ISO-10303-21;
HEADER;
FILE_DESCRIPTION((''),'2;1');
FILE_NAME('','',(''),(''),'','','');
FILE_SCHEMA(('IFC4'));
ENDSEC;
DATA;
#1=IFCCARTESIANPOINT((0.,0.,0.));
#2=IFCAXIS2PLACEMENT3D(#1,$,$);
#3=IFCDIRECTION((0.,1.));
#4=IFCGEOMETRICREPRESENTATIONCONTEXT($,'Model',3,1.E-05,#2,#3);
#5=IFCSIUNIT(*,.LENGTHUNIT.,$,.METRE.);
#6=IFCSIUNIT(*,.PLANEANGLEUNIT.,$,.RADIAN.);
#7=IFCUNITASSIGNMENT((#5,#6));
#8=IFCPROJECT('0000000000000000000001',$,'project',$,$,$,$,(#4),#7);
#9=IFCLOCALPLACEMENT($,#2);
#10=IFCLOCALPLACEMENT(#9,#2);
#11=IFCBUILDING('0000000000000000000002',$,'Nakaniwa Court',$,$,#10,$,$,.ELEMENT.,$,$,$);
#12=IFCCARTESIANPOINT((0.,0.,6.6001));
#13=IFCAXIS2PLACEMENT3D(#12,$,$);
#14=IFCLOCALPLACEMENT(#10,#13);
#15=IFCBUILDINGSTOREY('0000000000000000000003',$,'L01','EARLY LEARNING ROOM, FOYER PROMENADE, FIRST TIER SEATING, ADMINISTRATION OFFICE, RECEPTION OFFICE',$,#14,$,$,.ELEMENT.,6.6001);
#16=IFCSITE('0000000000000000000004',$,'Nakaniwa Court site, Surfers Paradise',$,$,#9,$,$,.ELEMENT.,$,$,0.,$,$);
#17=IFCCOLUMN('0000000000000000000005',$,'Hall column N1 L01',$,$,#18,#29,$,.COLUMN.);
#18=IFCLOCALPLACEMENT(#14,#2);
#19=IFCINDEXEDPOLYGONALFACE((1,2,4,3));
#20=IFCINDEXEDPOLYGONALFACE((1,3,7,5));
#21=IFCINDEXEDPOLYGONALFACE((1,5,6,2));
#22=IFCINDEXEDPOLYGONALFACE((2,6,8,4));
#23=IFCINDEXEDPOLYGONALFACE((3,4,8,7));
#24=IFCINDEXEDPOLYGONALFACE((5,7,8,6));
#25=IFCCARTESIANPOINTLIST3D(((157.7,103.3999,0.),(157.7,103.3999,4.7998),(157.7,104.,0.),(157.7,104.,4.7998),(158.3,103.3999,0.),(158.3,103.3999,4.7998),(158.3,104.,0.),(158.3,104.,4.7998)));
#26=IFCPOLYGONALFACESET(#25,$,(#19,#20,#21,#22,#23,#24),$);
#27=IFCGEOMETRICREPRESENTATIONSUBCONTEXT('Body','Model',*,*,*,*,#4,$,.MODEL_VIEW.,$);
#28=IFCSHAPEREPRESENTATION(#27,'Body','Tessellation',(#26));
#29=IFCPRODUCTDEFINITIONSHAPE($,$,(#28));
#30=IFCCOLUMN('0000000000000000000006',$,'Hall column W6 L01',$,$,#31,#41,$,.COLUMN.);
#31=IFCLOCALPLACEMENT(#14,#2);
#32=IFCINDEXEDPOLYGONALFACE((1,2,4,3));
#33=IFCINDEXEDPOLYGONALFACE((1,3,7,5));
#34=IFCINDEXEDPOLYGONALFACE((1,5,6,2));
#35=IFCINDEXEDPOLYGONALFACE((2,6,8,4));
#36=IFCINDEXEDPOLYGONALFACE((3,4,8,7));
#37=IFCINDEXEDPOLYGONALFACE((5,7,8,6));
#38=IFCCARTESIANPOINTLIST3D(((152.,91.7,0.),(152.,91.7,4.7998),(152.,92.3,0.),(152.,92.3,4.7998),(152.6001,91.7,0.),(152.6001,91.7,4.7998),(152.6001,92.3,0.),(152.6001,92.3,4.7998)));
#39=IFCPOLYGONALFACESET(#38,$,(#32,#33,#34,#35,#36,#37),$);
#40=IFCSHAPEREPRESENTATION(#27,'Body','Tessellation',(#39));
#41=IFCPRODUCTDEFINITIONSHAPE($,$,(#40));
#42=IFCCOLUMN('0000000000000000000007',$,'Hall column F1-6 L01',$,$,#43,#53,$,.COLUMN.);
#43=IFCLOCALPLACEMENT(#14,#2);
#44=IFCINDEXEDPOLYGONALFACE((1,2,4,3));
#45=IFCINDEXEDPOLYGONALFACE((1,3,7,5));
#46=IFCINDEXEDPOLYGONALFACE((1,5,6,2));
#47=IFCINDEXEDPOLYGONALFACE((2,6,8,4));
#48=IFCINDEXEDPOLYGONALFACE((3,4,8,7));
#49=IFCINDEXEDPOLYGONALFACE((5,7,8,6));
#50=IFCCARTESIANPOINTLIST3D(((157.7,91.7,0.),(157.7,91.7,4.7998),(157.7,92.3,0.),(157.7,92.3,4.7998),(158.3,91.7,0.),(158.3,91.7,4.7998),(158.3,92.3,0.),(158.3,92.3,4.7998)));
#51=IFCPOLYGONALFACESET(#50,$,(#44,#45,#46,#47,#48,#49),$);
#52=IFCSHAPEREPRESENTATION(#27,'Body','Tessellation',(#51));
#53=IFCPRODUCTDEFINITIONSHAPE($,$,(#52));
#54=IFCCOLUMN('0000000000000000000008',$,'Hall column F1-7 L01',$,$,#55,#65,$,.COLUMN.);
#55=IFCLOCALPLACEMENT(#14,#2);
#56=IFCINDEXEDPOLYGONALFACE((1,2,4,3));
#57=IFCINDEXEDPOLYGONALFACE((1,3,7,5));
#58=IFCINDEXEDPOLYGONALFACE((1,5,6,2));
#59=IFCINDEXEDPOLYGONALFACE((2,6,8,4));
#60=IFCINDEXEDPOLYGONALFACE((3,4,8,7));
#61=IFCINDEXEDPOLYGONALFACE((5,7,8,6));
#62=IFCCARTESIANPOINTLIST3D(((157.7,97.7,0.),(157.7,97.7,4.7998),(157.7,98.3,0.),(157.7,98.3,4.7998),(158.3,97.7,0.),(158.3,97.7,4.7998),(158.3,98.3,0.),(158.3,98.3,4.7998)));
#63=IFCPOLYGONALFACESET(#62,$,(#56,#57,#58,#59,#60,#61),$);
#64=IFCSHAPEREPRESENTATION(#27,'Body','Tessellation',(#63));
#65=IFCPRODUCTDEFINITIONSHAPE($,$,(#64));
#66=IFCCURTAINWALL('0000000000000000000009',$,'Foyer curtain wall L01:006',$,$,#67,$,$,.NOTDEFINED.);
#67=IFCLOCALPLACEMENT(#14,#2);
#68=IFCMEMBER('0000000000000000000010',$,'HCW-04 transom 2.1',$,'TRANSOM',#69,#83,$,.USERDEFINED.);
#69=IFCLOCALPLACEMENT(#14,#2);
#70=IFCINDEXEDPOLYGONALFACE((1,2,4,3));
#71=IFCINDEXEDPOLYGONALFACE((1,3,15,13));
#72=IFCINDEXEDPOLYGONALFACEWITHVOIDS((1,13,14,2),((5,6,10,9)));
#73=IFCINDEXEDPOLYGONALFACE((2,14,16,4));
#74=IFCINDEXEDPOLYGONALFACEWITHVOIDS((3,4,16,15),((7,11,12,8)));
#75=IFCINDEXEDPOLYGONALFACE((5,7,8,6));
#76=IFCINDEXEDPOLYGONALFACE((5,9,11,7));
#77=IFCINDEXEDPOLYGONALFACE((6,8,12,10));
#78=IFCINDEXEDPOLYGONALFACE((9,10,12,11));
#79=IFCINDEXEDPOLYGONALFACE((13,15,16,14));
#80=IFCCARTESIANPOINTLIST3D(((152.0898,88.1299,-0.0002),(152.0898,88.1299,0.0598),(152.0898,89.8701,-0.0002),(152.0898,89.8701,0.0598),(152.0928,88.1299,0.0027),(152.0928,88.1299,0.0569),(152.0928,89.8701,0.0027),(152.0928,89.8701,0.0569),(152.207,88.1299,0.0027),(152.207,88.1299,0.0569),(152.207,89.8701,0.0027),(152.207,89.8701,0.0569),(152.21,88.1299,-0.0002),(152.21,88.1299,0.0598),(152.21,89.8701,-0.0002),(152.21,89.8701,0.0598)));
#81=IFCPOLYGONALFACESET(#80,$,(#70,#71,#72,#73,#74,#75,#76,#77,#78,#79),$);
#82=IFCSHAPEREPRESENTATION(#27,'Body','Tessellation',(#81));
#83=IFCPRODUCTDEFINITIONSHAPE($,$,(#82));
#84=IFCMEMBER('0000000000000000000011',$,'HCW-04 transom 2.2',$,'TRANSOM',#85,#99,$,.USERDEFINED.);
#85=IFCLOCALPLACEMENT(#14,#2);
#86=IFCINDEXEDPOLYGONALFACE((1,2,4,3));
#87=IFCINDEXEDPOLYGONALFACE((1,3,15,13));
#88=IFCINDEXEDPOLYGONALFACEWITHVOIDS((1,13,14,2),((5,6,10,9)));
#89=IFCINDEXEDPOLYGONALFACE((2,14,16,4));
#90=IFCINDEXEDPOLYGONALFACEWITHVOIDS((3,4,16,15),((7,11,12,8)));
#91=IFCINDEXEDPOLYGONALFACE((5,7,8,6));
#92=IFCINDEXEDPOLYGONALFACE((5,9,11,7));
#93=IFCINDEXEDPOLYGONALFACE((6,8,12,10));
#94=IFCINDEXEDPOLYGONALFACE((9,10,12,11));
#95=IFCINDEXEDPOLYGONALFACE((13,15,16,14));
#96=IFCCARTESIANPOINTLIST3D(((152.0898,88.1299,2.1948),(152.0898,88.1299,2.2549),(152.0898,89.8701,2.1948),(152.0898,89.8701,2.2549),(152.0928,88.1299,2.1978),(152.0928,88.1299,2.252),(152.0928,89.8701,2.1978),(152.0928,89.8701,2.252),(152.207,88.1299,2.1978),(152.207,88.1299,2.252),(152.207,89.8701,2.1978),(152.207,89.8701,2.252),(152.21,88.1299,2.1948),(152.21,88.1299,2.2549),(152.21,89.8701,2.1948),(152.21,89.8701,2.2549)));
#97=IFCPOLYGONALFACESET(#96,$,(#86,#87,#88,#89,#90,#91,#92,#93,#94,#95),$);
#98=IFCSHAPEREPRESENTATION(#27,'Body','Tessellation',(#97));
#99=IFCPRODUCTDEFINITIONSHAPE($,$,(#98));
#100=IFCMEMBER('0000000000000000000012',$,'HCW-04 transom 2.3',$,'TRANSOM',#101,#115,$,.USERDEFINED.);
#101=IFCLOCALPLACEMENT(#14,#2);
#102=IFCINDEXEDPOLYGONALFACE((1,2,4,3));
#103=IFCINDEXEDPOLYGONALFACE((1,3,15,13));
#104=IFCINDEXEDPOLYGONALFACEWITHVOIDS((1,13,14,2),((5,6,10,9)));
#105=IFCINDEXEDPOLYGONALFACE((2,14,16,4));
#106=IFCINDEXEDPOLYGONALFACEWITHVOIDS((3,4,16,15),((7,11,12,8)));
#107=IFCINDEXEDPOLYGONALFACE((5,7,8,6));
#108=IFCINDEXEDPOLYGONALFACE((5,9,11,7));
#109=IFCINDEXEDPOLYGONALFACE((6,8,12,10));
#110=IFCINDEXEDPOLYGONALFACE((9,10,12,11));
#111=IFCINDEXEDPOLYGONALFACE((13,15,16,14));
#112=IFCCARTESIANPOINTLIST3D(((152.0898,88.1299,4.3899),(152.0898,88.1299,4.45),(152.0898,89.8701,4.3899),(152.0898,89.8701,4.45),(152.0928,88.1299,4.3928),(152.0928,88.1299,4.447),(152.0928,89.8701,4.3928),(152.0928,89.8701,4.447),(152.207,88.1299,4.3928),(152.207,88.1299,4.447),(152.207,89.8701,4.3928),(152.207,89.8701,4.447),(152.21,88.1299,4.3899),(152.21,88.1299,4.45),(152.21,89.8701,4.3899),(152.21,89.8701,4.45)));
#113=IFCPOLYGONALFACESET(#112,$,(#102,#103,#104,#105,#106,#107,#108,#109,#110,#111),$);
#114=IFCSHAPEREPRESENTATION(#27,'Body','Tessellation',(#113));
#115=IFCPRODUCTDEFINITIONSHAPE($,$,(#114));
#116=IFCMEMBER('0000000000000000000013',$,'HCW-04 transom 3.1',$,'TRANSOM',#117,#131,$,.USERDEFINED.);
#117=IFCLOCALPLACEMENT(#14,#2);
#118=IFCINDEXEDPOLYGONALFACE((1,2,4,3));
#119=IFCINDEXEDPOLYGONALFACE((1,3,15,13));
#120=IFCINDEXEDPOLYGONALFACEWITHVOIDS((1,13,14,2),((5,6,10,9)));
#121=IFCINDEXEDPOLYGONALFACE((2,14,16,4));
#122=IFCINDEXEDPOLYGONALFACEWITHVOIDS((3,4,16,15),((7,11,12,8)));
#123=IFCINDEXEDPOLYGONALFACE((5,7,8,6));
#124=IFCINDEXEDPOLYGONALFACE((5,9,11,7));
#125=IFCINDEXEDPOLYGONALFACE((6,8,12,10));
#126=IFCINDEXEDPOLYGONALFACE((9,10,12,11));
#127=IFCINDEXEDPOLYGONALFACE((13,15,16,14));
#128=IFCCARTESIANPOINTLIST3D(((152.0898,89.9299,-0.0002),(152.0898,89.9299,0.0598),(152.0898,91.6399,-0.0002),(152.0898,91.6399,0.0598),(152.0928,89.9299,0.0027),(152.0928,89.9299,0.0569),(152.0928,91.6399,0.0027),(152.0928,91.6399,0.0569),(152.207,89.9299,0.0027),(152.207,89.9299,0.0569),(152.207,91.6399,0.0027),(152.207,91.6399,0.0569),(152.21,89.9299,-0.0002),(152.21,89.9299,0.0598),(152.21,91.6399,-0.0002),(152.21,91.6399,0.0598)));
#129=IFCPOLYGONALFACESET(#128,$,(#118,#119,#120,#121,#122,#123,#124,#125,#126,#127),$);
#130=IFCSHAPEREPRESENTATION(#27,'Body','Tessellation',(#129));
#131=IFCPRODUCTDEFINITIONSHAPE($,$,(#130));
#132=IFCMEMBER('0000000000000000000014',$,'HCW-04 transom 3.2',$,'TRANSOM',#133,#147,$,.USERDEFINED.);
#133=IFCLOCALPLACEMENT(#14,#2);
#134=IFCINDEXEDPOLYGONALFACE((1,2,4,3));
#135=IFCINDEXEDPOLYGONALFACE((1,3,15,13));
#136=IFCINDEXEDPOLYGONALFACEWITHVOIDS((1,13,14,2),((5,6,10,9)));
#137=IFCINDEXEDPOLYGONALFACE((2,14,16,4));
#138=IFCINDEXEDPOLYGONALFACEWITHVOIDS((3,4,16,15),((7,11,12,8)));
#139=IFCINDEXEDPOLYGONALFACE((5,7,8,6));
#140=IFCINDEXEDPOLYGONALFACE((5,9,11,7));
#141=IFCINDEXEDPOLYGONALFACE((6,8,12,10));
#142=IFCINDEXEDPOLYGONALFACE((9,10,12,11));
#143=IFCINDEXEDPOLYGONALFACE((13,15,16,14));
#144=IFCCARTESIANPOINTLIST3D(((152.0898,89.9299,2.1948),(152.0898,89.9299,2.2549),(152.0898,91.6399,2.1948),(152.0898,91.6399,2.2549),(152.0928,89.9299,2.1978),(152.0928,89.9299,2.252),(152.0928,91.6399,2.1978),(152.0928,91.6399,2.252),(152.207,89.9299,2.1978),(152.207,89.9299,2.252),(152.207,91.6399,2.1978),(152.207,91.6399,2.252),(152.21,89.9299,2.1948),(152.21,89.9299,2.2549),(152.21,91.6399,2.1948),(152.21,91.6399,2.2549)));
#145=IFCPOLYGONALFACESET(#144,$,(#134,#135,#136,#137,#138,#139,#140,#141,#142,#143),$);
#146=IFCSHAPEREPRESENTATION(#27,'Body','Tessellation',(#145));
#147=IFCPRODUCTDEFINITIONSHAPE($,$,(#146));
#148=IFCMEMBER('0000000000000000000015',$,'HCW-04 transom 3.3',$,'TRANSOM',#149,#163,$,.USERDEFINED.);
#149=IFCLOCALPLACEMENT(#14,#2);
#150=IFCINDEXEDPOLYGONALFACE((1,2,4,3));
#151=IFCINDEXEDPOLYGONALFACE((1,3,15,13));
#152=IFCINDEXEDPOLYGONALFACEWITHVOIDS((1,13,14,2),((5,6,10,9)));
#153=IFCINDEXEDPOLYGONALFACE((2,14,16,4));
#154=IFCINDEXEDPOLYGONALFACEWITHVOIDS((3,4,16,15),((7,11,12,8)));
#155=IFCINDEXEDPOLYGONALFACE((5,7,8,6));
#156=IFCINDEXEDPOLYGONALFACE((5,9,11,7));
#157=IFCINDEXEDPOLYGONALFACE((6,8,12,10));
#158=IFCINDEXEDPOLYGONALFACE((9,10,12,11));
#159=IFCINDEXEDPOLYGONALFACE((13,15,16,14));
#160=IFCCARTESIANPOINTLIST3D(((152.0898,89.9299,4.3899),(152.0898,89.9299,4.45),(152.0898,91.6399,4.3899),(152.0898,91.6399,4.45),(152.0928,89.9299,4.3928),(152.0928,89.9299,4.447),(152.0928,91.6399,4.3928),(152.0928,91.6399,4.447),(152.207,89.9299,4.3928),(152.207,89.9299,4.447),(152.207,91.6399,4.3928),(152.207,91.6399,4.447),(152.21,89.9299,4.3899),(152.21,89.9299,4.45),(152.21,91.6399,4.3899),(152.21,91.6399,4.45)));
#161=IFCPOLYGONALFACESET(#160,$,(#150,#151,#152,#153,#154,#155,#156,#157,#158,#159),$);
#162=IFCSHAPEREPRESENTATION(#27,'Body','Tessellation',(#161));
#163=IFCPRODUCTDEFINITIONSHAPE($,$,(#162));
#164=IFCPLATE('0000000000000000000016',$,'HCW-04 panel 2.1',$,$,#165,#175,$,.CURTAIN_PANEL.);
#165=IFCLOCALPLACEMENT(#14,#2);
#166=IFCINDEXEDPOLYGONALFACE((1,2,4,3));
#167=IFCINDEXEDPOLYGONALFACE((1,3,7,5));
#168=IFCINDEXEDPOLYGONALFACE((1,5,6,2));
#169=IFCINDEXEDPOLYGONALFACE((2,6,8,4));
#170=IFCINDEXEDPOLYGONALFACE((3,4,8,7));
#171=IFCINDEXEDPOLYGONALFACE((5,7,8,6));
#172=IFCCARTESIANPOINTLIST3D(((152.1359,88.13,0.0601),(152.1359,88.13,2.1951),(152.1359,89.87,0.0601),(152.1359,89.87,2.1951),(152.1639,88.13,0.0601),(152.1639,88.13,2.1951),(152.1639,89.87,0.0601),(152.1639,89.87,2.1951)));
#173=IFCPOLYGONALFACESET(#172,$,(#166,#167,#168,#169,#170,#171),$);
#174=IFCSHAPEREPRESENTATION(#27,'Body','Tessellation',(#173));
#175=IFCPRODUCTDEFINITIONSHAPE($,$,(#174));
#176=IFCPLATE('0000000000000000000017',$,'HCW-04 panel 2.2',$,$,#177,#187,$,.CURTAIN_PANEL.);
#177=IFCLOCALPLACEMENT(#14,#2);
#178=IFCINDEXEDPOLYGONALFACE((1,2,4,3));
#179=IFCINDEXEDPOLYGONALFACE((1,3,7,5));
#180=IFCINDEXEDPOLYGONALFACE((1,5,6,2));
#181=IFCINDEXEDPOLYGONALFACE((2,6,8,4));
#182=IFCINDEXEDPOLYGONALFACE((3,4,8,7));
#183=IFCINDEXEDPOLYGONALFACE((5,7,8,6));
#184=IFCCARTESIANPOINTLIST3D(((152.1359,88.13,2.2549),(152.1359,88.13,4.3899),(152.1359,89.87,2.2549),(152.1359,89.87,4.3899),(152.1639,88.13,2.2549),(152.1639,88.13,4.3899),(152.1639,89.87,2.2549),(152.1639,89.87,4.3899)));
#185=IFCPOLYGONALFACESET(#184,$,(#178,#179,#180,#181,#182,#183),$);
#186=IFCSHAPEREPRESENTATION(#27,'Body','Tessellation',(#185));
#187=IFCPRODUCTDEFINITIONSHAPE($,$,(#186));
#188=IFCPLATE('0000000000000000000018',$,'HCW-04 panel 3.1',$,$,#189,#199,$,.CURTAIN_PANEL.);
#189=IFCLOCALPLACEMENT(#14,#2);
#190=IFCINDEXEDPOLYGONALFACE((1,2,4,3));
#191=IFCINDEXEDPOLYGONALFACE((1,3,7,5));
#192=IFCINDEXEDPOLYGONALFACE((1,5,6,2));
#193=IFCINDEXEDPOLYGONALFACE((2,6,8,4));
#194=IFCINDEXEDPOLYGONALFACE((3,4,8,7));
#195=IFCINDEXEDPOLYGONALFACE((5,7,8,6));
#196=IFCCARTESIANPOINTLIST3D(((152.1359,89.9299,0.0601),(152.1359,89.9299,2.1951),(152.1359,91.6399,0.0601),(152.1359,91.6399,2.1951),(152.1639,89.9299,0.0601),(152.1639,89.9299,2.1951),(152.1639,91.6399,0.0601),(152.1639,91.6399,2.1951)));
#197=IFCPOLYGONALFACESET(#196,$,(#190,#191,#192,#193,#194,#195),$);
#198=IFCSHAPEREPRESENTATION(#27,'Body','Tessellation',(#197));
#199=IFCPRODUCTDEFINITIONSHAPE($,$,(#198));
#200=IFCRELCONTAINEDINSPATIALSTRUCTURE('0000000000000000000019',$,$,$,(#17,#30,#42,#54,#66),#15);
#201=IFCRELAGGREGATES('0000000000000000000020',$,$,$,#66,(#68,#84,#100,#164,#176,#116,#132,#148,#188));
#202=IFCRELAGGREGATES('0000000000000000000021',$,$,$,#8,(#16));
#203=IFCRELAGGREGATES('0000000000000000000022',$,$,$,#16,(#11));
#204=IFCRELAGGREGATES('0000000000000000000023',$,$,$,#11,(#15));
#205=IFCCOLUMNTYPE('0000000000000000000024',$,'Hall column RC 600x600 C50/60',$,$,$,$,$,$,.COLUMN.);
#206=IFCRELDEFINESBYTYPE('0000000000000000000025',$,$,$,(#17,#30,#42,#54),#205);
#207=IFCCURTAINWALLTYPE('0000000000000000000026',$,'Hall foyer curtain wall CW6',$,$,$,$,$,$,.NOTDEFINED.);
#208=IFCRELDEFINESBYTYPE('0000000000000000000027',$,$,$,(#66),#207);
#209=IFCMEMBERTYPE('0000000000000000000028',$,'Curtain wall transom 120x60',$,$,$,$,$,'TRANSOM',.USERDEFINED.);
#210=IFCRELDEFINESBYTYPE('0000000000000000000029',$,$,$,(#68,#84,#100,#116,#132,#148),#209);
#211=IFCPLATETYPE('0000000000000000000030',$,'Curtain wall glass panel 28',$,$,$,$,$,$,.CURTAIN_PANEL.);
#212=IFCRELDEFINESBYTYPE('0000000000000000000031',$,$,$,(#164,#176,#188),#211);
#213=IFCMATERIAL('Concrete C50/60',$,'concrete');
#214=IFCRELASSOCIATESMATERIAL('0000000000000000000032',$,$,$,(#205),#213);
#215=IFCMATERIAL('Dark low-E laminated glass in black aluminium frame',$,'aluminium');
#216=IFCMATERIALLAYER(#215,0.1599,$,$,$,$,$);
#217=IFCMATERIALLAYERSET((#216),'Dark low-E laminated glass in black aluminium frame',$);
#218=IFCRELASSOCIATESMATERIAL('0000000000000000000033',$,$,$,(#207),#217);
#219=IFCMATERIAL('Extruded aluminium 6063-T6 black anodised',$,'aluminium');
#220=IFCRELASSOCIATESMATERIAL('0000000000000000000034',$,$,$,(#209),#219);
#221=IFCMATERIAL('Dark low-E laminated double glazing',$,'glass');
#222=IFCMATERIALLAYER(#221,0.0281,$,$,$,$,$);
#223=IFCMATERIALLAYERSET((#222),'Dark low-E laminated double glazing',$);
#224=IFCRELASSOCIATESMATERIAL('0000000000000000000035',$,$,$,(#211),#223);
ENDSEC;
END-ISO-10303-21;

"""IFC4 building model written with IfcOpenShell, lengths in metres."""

from ifc_helpers import new_model, si_unit, direction, frame, origin, origin_2d, place, context, subcontext, project, spatial, rectangle, hollow_rectangle, extrude, material, layer, layer_set, material_profile, profile_set, type_object, element, aggregate, save


model = new_model("IFC4")

# Units and contexts
model_context = context("Model", 3, precision=1e-05, world=origin(), true_north=direction((0.0, 1.0)))
body_context = subcontext(model_context, "Body", "Model", "MODEL_VIEW")
ifc_project = project(units=[si_unit("LENGTHUNIT", "METRE"), si_unit("PLANEANGLEUNIT", "RADIAN")], contexts=[model_context])

# Site, building, storey
site_placement = place(None, origin())
site = spatial("IfcSite", under=ifc_project, at=site_placement, Name="Nakaniwa Court site, Surfers Paradise", CompositionType="ELEMENT", RefElevation=0.0)
building_placement = place(site_placement, origin())
building = spatial("IfcBuilding", under=site, at=building_placement, Name="Nakaniwa Court", CompositionType="ELEMENT")
storey_placement = place(building_placement, frame((0.0, 0.0, 6.6001)))
storey = spatial("IfcBuildingStorey", under=building, at=storey_placement, Name="L01", Description="EARLY LEARNING ROOM, FOYER PROMENADE, FIRST TIER SEATING, ADMINISTRATION OFFICE, RECEPTION OFFICE", CompositionType="ELEMENT", Elevation=6.6001)

# Columns
ifc_material_1 = material(Name="Concrete C50/60", Category="concrete")
ifc_material_profile_1 = material_profile(ifc_material_1, rectangle(XDim=0.6001, YDim=0.6001, at=origin_2d()), Name="RC 600x600")
ifc_profile_set_1 = profile_set([ifc_material_profile_1], Name="Concrete C50/60")
column_type = type_object("IfcColumnType", Name="Hall column RC 600x600 C50/60", PredefinedType="COLUMN", material=ifc_profile_set_1)
for number, where, z_axis, x_axis, name in (
    (1, (158.0, 103.7, 0.0), (0.0, 0.0, 1.0), (1.0, 0.0, 0.0), "Hall column N1 L01"),
    (2, (152.3, 92.0, 0.0), (0.0, 0.0, 1.0), (1.0, 0.0, 0.0), "Hall column W6 L01"),
    (3, (158.0, 92.0, 0.0), (0.0, 0.0, 1.0), (1.0, 0.0, 0.0), "Hall column F1-6 L01"),
    (4, (158.0, 98.0, 0.0), (0.0, 0.0, 1.0), (1.0, 0.0, 0.0), "Hall column F1-7 L01"),
):
    element("IfcColumn", number, at=place(storey_placement, frame(where, z_axis=z_axis, x_axis=x_axis)), inside=storey, type_object=column_type, Name=name, PredefinedType="COLUMN", context=body_context, shape_type="SweptSolid", body=[
        extrude(rectangle(XDim=0.6001, YDim=0.6001, at=origin_2d()), origin(), (0.0, 0.0, 1.0), 4.7998),
    ])

# Curtain wall, members, plates
ifc_material_2 = material(Name="Dark low-E laminated glass in black aluminium frame", Category="aluminium")
ifc_layer_1 = layer(ifc_material_2, 0.1599)
ifc_layer_set_1 = layer_set([ifc_layer_1], Name="Dark low-E laminated glass in black aluminium frame")
curtain_wall_type = type_object("IfcCurtainWallType", Name="Hall foyer curtain wall CW6", PredefinedType="NOTDEFINED", material=ifc_layer_set_1)
curtain_wall_placement = place(storey_placement, origin())
curtain_wall = element("IfcCurtainWall", 5, at=curtain_wall_placement, inside=storey, type_object=curtain_wall_type, Name="Foyer curtain wall L01:006", PredefinedType="NOTDEFINED")
ifc_material_3 = material(Name="Extruded aluminium 6063-T6 black anodised", Category="aluminium")
ifc_material_profile_2 = material_profile(ifc_material_3, hollow_rectangle(XDim=0.1201, YDim=0.0601, WallThickness=0.0029, at=origin_2d()), Name="CW transom 120x60")
ifc_profile_set_2 = profile_set([ifc_material_profile_2], Name="Extruded aluminium 6063-T6 black anodised")
member_type = type_object("IfcMemberType", Name="Curtain wall transom 120x60", ElementType="TRANSOM", PredefinedType="USERDEFINED", material=ifc_profile_set_2)
member_1_placement = place(storey_placement, frame((152.1499, 88.1299, 0.0298), z_axis=(0.0, 1.0, 0.0), x_axis=(-1.0, 0.0, 0.0)))
member_1 = element("IfcMember", 6, at=member_1_placement, type_object=member_type, Name="HCW-04 transom 2.1", ObjectType="TRANSOM", PredefinedType="USERDEFINED", context=body_context, shape_type="SweptSolid", body=[
    extrude(hollow_rectangle(XDim=0.1201, YDim=0.0601, WallThickness=0.0029, at=origin_2d()), origin(), (0.0, 0.0, 1.0), 1.7402),
])
member_2_placement = place(storey_placement, frame((152.1499, 88.1299, 2.2249), z_axis=(0.0, 1.0, 0.0), x_axis=(-1.0, 0.0, 0.0)))
member_2 = element("IfcMember", 7, at=member_2_placement, type_object=member_type, Name="HCW-04 transom 2.2", ObjectType="TRANSOM", PredefinedType="USERDEFINED", context=body_context, shape_type="SweptSolid", body=[
    extrude(hollow_rectangle(XDim=0.1201, YDim=0.0601, WallThickness=0.0029, at=origin_2d()), origin(), (0.0, 0.0, 1.0), 1.7402),
])
member_3_placement = place(storey_placement, frame((152.1499, 88.1299, 4.4199), z_axis=(0.0, 1.0, 0.0), x_axis=(-1.0, 0.0, 0.0)))
member_3 = element("IfcMember", 8, at=member_3_placement, type_object=member_type, Name="HCW-04 transom 2.3", ObjectType="TRANSOM", PredefinedType="USERDEFINED", context=body_context, shape_type="SweptSolid", body=[
    extrude(hollow_rectangle(XDim=0.1201, YDim=0.0601, WallThickness=0.0029, at=origin_2d()), origin(), (0.0, 0.0, 1.0), 1.7402),
])
member_4_placement = place(storey_placement, frame((152.1499, 89.9299, 0.0298), z_axis=(0.0, 1.0, 0.0), x_axis=(-1.0, 0.0, 0.0)))
member_4 = element("IfcMember", 9, at=member_4_placement, type_object=member_type, Name="HCW-04 transom 3.1", ObjectType="TRANSOM", PredefinedType="USERDEFINED", context=body_context, shape_type="SweptSolid", body=[
    extrude(hollow_rectangle(XDim=0.1201, YDim=0.0601, WallThickness=0.0029, at=origin_2d()), origin(), (0.0, 0.0, 1.0), 1.71),
])
member_5_placement = place(storey_placement, frame((152.1499, 89.9299, 2.2249), z_axis=(0.0, 1.0, 0.0), x_axis=(-1.0, 0.0, 0.0)))
member_5 = element("IfcMember", 10, at=member_5_placement, type_object=member_type, Name="HCW-04 transom 3.2", ObjectType="TRANSOM", PredefinedType="USERDEFINED", context=body_context, shape_type="SweptSolid", body=[
    extrude(hollow_rectangle(XDim=0.1201, YDim=0.0601, WallThickness=0.0029, at=origin_2d()), origin(), (0.0, 0.0, 1.0), 1.71),
])
member_6_placement = place(storey_placement, frame((152.1499, 89.9299, 4.4199), z_axis=(0.0, 1.0, 0.0), x_axis=(-1.0, 0.0, 0.0)))
member_6 = element("IfcMember", 11, at=member_6_placement, type_object=member_type, Name="HCW-04 transom 3.3", ObjectType="TRANSOM", PredefinedType="USERDEFINED", context=body_context, shape_type="SweptSolid", body=[
    extrude(hollow_rectangle(XDim=0.1201, YDim=0.0601, WallThickness=0.0029, at=origin_2d()), origin(), (0.0, 0.0, 1.0), 1.71),
])
ifc_material_4 = material(Name="Dark low-E laminated double glazing", Category="glass")
ifc_layer_2 = layer(ifc_material_4, 0.0281)
ifc_layer_set_2 = layer_set([ifc_layer_2], Name="Dark low-E laminated double glazing")
plate_type = type_object("IfcPlateType", Name="Curtain wall glass panel 28", PredefinedType="CURTAIN_PANEL", material=ifc_layer_set_2)
plate_1_placement = place(storey_placement, frame((152.1499, 89.0, 0.0601), z_axis=(0.0, 0.0, 1.0), x_axis=(0.0, 1.0, 0.0)))
plate_1 = element("IfcPlate", 12, at=plate_1_placement, type_object=plate_type, Name="HCW-04 panel 2.1", PredefinedType="CURTAIN_PANEL", context=body_context, shape_type="SweptSolid", body=[
    extrude(rectangle(XDim=1.74, YDim=0.0281, at=origin_2d()), origin(), (0.0, 0.0, 1.0), 2.135),
])
plate_2_placement = place(storey_placement, frame((152.1499, 89.0, 2.2549), z_axis=(0.0, 0.0, 1.0), x_axis=(0.0, 1.0, 0.0)))
plate_2 = element("IfcPlate", 13, at=plate_2_placement, type_object=plate_type, Name="HCW-04 panel 2.2", PredefinedType="CURTAIN_PANEL", context=body_context, shape_type="SweptSolid", body=[
    extrude(rectangle(XDim=1.74, YDim=0.0281, at=origin_2d()), origin(), (0.0, 0.0, 1.0), 2.135),
])
plate_3_placement = place(storey_placement, frame((152.1499, 90.7849, 0.0601), z_axis=(0.0, 0.0, 1.0), x_axis=(0.0, 1.0, 0.0)))
plate_3 = element("IfcPlate", 14, at=plate_3_placement, type_object=plate_type, Name="HCW-04 panel 3.1", PredefinedType="CURTAIN_PANEL", context=body_context, shape_type="SweptSolid", body=[
    extrude(rectangle(XDim=1.71, YDim=0.0281, at=origin_2d()), origin(), (0.0, 0.0, 1.0), 2.135),
])
aggregate(curtain_wall, [member_1, member_2, member_3, plate_1, plate_2, member_4, member_5, member_6, plate_3])

save(model, "model.ifc")
